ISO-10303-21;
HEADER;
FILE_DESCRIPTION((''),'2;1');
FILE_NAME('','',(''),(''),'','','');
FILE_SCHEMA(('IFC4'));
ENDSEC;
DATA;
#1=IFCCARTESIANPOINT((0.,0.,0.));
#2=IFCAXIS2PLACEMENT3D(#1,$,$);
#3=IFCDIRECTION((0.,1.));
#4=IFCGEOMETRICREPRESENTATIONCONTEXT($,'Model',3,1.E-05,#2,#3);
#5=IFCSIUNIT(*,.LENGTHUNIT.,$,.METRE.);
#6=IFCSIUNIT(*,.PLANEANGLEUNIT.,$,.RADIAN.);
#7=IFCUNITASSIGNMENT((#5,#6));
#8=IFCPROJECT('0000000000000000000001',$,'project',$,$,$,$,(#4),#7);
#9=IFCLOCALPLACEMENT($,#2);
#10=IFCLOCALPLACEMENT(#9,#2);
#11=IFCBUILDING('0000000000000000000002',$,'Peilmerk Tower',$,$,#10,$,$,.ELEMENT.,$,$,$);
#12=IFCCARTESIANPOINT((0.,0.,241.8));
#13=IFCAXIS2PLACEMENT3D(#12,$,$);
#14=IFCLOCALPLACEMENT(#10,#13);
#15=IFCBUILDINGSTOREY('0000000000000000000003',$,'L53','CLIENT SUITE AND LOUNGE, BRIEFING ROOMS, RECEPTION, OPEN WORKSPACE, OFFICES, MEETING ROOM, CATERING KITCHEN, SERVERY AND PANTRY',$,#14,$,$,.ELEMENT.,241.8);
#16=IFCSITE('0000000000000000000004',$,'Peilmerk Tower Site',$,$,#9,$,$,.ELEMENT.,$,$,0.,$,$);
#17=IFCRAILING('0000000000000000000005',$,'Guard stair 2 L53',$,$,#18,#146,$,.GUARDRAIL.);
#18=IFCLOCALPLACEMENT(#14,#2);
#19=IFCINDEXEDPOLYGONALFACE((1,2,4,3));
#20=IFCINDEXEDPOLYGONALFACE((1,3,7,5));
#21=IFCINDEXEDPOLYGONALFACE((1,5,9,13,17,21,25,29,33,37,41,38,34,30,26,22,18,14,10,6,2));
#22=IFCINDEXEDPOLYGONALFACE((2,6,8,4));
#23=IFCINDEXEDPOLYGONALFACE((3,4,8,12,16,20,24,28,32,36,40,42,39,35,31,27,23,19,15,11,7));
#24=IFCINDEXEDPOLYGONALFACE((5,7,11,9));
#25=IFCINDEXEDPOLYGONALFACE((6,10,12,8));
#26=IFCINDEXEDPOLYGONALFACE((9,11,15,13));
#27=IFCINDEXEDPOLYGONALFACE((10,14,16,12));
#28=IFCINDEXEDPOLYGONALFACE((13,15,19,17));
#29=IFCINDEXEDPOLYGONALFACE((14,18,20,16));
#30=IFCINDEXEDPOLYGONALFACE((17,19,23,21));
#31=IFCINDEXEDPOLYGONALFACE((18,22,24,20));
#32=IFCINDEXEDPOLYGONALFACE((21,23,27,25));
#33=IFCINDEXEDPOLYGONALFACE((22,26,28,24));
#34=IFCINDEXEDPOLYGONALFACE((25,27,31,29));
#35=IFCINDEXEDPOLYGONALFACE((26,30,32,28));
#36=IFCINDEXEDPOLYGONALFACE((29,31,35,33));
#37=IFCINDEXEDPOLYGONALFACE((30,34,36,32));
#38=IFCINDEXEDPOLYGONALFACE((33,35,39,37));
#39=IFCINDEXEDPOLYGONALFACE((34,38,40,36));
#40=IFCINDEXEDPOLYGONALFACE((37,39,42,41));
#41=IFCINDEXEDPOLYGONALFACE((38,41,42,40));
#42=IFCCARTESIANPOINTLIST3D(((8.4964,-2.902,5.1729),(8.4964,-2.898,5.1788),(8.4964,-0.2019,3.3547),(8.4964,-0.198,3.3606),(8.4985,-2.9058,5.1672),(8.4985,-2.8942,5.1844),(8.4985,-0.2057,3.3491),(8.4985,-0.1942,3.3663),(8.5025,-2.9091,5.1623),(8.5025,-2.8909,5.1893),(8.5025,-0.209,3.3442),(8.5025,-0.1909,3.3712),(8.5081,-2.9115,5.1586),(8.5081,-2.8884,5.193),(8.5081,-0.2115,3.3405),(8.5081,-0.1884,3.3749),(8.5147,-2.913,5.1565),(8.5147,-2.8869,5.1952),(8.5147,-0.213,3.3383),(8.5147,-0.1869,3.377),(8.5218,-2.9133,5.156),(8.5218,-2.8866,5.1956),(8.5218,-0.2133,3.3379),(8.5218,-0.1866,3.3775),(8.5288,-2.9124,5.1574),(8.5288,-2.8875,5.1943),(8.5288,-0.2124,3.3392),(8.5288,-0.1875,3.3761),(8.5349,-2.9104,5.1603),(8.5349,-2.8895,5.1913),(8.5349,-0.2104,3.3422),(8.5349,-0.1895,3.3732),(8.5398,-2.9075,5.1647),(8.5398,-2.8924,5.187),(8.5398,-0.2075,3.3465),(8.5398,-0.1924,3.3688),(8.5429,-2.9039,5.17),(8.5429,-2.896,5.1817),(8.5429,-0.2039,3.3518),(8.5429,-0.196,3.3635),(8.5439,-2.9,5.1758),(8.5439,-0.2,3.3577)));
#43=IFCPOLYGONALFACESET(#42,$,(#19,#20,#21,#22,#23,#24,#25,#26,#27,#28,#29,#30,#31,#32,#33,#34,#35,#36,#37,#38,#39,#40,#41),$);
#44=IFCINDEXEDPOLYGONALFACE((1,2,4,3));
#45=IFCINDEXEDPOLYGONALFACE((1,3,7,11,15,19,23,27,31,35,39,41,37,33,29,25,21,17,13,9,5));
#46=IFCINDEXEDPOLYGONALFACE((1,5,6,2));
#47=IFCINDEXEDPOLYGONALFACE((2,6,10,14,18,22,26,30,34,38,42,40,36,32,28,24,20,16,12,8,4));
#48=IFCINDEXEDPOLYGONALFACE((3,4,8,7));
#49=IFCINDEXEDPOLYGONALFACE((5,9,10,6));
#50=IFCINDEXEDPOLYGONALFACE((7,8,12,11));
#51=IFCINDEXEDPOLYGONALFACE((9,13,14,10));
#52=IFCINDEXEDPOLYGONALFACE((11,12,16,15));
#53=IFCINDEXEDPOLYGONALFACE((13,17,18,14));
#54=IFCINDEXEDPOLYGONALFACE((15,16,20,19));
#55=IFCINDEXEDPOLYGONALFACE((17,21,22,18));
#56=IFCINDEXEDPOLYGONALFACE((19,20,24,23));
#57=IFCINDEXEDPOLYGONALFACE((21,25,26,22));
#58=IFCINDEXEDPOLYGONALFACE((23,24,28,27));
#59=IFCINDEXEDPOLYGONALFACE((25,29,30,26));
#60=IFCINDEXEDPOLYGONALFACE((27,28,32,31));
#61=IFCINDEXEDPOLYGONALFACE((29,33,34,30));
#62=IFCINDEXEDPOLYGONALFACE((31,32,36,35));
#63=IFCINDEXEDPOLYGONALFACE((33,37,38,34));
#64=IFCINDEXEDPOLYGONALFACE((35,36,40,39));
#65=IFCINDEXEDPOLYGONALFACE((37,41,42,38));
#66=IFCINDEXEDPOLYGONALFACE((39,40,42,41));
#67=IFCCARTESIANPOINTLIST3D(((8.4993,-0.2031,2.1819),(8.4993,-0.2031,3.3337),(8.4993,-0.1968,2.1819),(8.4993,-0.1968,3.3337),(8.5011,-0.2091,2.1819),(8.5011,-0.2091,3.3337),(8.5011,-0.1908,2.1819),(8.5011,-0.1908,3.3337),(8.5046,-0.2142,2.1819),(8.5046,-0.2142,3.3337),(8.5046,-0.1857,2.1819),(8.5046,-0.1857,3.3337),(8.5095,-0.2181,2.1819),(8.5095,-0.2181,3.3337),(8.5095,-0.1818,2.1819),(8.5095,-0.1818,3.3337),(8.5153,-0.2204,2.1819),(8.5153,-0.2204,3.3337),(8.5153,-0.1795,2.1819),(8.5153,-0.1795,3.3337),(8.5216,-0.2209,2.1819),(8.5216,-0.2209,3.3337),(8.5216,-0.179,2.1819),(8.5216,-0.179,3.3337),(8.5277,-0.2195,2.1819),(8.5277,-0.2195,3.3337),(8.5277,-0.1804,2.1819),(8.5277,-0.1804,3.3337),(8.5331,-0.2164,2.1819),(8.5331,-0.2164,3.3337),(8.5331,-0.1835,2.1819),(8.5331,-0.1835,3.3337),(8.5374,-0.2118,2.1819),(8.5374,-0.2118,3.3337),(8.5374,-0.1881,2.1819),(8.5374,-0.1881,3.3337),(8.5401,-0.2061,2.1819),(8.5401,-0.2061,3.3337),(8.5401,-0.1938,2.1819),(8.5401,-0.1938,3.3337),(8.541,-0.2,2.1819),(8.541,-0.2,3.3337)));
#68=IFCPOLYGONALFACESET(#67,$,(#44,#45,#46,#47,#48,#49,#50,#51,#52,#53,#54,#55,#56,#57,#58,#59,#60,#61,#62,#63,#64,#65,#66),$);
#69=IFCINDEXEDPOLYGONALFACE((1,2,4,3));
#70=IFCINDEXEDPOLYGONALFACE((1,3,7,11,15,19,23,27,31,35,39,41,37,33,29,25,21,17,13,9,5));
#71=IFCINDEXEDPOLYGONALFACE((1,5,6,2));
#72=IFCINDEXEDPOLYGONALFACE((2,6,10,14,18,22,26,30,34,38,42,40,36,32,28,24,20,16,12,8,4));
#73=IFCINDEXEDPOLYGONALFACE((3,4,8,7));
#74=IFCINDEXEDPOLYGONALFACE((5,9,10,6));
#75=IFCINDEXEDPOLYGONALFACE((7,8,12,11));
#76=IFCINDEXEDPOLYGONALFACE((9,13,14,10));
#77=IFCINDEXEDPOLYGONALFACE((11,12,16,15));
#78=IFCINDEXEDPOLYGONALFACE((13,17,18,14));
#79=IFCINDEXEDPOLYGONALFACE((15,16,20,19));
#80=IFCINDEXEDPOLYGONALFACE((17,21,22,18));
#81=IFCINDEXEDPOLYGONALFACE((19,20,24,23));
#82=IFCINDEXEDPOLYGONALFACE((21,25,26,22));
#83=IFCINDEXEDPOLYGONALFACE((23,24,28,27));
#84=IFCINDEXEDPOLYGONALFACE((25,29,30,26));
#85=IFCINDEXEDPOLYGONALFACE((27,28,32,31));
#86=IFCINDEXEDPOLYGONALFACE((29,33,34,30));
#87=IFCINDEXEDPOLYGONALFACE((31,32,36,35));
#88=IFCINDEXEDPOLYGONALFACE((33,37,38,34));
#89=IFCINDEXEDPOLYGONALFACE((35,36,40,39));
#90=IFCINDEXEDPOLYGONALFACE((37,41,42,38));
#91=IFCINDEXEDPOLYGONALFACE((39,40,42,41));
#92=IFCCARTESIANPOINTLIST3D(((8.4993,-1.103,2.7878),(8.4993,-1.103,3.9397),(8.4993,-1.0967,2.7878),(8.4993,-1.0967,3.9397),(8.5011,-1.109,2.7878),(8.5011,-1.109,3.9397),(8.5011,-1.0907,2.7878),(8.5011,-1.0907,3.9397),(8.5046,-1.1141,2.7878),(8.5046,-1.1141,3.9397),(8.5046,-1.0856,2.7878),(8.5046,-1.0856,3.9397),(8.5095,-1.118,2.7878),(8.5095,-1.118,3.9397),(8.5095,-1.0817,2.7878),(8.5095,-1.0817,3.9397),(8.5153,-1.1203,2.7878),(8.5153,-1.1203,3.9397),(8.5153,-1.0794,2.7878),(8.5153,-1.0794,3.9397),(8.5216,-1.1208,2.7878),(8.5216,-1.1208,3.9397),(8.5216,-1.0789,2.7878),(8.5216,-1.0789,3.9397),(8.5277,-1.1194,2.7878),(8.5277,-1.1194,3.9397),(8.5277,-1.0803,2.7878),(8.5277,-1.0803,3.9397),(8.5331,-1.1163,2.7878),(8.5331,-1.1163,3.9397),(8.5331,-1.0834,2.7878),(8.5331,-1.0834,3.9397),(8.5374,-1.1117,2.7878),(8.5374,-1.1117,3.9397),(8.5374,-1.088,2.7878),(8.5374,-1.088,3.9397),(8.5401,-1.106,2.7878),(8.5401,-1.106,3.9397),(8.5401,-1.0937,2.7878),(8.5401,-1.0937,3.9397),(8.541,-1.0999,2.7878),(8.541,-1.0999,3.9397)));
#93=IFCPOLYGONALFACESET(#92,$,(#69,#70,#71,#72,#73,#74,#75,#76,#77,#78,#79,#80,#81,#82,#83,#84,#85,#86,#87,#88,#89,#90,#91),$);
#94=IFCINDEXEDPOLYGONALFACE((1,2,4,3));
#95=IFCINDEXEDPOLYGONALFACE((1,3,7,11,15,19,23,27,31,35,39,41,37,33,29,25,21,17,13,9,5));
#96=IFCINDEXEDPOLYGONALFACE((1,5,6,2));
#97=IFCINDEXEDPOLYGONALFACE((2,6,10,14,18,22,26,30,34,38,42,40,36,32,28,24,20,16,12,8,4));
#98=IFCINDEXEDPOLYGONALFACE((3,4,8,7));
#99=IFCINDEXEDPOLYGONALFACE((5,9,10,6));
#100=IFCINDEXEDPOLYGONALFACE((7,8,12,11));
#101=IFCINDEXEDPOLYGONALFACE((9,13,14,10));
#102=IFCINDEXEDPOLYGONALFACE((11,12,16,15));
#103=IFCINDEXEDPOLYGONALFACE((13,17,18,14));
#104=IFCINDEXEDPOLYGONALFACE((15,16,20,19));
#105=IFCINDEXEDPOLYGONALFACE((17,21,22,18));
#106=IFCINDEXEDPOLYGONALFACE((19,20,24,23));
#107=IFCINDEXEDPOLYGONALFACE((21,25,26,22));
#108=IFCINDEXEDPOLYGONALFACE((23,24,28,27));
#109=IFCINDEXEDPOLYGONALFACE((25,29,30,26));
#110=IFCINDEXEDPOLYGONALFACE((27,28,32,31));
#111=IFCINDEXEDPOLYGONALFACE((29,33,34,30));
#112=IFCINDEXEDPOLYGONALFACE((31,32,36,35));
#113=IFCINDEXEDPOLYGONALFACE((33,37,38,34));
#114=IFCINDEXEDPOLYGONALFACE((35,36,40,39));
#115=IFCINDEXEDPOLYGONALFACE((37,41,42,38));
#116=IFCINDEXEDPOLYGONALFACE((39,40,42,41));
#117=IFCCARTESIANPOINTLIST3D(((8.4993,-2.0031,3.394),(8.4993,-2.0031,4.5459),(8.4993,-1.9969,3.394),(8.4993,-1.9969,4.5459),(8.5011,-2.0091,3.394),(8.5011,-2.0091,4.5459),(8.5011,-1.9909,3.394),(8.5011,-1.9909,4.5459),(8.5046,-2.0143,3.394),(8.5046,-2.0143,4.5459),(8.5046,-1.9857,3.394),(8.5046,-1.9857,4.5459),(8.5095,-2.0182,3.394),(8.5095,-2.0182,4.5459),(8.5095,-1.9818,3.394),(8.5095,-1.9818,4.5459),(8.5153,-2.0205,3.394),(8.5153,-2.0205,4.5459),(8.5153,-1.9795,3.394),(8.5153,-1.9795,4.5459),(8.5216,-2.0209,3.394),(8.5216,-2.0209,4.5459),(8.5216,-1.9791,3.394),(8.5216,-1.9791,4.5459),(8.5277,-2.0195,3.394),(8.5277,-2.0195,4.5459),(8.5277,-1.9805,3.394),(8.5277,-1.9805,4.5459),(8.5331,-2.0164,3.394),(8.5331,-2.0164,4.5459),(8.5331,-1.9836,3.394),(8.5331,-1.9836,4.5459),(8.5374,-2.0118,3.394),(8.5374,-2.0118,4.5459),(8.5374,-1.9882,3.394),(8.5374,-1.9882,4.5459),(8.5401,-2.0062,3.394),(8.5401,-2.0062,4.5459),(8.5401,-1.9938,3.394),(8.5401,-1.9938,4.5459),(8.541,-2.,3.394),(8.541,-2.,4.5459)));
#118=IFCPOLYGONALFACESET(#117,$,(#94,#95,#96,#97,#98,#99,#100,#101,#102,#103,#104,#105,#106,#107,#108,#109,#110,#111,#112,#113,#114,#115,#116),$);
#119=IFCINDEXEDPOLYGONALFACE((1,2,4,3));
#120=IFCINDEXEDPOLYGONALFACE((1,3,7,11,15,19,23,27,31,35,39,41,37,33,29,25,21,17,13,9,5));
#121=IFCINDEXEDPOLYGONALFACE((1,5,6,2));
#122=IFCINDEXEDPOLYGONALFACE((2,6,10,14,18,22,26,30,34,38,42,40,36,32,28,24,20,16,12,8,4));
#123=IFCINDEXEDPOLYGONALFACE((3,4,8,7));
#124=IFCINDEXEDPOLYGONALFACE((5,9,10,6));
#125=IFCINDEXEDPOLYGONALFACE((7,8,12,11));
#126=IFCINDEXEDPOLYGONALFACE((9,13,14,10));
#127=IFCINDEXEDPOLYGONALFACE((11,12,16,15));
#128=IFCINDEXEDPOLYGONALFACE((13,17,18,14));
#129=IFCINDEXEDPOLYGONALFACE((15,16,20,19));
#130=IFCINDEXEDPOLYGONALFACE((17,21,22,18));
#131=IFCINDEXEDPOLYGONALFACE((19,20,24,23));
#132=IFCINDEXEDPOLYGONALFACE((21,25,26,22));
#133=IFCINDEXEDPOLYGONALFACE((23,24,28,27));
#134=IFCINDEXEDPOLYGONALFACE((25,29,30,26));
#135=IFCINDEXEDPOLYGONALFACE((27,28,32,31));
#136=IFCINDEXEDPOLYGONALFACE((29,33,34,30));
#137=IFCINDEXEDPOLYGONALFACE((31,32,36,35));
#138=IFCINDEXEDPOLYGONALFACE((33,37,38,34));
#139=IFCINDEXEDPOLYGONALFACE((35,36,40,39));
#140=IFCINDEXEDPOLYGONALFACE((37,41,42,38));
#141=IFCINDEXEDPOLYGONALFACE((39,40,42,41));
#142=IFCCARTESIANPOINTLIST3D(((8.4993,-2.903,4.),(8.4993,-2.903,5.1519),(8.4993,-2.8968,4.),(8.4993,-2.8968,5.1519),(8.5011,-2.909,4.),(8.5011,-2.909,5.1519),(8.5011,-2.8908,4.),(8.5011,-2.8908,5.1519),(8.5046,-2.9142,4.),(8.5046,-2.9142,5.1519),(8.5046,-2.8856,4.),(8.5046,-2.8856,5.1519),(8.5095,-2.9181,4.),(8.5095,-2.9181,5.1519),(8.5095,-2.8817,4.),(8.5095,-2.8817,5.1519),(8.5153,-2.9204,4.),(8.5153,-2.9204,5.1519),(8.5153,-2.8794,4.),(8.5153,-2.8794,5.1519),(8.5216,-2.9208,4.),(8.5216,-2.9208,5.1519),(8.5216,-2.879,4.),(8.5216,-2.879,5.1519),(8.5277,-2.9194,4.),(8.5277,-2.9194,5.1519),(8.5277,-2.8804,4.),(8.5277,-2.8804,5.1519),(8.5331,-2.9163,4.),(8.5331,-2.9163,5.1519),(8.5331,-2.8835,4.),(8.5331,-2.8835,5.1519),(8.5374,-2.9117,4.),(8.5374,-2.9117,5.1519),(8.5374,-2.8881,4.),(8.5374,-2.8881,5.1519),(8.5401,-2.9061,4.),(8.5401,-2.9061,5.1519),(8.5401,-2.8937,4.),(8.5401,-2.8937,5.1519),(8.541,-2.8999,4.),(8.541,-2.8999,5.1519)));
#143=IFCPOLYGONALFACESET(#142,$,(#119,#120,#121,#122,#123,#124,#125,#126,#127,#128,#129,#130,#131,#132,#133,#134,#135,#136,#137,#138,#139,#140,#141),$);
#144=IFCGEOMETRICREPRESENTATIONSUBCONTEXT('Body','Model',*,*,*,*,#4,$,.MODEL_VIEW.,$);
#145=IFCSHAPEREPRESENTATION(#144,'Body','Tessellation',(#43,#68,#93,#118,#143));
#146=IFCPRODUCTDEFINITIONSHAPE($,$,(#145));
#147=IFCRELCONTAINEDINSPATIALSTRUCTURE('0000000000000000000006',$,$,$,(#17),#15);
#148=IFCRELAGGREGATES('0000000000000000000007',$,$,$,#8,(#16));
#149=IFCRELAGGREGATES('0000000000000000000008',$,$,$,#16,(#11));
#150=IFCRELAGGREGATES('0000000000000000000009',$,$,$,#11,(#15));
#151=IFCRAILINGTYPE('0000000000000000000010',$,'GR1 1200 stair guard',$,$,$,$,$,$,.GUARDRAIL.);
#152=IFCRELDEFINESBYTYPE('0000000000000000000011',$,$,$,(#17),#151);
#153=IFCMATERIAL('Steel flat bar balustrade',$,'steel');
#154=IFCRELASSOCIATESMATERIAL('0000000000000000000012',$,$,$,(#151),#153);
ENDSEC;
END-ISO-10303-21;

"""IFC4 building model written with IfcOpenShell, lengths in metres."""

from ifc_helpers import new_model, si_unit, direction, frame, origin, origin_2d, place, context, subcontext, project, spatial, circle, extrude, material, type_object, element, save


model = new_model("IFC4")

# Units and contexts
model_context = context("Model", 3, precision=1e-05, world=origin(), true_north=direction((0.0, 1.0)))
body_context = subcontext(model_context, "Body", "Model", "MODEL_VIEW")
ifc_project = project(units=[si_unit("LENGTHUNIT", "METRE"), si_unit("PLANEANGLEUNIT", "RADIAN")], contexts=[model_context])

# Site, building, storey
site_placement = place(None, origin())
site = spatial("IfcSite", under=ifc_project, at=site_placement, Name="Peilmerk Tower Site", CompositionType="ELEMENT", RefElevation=0.0)
building_placement = place(site_placement, origin())
building = spatial("IfcBuilding", under=site, at=building_placement, Name="Peilmerk Tower", CompositionType="ELEMENT")
storey_placement = place(building_placement, frame((0.0, 0.0, 241.8)))
storey = spatial("IfcBuildingStorey", under=building, at=storey_placement, Name="L53", Description="CLIENT SUITE AND LOUNGE, BRIEFING ROOMS, RECEPTION, OPEN WORKSPACE, OFFICES, MEETING ROOM, CATERING KITCHEN, SERVERY AND PANTRY", CompositionType="ELEMENT", Elevation=241.8)

# Railing
ifc_material_1 = material(Name="Steel flat bar balustrade", Category="steel")
railing_type_1 = type_object("IfcRailingType", Name="GR1 1200 stair guard", PredefinedType="GUARDRAIL", material=ifc_material_1)
railing_1_placement = place(storey_placement, frame((8.52, -0.2, 2.1819)))
element("IfcRailing", 1, at=railing_1_placement, inside=storey, type_object=railing_type_1, Name="Guard stair 2 L53", PredefinedType="GUARDRAIL", context=body_context, shape_type="SweptSolid", body=[
    extrude(circle(Radius=0.0239, at=origin_2d()), frame((0.0, 0.0, 1.1758), z_axis=(0.0, -0.829468, 0.558554), x_axis=(1.0, 0.0, 0.0)), (0.0, 0.0, 1.0), 3.2551),
    extrude(circle(Radius=0.021, at=origin_2d()), origin(), (0.0, 0.0, 1.0), 1.1519),
    extrude(circle(Radius=0.021, at=origin_2d()), frame((0.0, -0.8999, 0.606)), (0.0, 0.0, 1.0), 1.1519),
    extrude(circle(Radius=0.021, at=origin_2d()), frame((0.0, -1.8, 1.2122)), (0.0, 0.0, 1.0), 1.1519),
    extrude(circle(Radius=0.021, at=origin_2d()), frame((0.0, -2.7, 1.8181)), (0.0, 0.0, 1.0), 1.1519),
])

save(model, "model.ifc")
